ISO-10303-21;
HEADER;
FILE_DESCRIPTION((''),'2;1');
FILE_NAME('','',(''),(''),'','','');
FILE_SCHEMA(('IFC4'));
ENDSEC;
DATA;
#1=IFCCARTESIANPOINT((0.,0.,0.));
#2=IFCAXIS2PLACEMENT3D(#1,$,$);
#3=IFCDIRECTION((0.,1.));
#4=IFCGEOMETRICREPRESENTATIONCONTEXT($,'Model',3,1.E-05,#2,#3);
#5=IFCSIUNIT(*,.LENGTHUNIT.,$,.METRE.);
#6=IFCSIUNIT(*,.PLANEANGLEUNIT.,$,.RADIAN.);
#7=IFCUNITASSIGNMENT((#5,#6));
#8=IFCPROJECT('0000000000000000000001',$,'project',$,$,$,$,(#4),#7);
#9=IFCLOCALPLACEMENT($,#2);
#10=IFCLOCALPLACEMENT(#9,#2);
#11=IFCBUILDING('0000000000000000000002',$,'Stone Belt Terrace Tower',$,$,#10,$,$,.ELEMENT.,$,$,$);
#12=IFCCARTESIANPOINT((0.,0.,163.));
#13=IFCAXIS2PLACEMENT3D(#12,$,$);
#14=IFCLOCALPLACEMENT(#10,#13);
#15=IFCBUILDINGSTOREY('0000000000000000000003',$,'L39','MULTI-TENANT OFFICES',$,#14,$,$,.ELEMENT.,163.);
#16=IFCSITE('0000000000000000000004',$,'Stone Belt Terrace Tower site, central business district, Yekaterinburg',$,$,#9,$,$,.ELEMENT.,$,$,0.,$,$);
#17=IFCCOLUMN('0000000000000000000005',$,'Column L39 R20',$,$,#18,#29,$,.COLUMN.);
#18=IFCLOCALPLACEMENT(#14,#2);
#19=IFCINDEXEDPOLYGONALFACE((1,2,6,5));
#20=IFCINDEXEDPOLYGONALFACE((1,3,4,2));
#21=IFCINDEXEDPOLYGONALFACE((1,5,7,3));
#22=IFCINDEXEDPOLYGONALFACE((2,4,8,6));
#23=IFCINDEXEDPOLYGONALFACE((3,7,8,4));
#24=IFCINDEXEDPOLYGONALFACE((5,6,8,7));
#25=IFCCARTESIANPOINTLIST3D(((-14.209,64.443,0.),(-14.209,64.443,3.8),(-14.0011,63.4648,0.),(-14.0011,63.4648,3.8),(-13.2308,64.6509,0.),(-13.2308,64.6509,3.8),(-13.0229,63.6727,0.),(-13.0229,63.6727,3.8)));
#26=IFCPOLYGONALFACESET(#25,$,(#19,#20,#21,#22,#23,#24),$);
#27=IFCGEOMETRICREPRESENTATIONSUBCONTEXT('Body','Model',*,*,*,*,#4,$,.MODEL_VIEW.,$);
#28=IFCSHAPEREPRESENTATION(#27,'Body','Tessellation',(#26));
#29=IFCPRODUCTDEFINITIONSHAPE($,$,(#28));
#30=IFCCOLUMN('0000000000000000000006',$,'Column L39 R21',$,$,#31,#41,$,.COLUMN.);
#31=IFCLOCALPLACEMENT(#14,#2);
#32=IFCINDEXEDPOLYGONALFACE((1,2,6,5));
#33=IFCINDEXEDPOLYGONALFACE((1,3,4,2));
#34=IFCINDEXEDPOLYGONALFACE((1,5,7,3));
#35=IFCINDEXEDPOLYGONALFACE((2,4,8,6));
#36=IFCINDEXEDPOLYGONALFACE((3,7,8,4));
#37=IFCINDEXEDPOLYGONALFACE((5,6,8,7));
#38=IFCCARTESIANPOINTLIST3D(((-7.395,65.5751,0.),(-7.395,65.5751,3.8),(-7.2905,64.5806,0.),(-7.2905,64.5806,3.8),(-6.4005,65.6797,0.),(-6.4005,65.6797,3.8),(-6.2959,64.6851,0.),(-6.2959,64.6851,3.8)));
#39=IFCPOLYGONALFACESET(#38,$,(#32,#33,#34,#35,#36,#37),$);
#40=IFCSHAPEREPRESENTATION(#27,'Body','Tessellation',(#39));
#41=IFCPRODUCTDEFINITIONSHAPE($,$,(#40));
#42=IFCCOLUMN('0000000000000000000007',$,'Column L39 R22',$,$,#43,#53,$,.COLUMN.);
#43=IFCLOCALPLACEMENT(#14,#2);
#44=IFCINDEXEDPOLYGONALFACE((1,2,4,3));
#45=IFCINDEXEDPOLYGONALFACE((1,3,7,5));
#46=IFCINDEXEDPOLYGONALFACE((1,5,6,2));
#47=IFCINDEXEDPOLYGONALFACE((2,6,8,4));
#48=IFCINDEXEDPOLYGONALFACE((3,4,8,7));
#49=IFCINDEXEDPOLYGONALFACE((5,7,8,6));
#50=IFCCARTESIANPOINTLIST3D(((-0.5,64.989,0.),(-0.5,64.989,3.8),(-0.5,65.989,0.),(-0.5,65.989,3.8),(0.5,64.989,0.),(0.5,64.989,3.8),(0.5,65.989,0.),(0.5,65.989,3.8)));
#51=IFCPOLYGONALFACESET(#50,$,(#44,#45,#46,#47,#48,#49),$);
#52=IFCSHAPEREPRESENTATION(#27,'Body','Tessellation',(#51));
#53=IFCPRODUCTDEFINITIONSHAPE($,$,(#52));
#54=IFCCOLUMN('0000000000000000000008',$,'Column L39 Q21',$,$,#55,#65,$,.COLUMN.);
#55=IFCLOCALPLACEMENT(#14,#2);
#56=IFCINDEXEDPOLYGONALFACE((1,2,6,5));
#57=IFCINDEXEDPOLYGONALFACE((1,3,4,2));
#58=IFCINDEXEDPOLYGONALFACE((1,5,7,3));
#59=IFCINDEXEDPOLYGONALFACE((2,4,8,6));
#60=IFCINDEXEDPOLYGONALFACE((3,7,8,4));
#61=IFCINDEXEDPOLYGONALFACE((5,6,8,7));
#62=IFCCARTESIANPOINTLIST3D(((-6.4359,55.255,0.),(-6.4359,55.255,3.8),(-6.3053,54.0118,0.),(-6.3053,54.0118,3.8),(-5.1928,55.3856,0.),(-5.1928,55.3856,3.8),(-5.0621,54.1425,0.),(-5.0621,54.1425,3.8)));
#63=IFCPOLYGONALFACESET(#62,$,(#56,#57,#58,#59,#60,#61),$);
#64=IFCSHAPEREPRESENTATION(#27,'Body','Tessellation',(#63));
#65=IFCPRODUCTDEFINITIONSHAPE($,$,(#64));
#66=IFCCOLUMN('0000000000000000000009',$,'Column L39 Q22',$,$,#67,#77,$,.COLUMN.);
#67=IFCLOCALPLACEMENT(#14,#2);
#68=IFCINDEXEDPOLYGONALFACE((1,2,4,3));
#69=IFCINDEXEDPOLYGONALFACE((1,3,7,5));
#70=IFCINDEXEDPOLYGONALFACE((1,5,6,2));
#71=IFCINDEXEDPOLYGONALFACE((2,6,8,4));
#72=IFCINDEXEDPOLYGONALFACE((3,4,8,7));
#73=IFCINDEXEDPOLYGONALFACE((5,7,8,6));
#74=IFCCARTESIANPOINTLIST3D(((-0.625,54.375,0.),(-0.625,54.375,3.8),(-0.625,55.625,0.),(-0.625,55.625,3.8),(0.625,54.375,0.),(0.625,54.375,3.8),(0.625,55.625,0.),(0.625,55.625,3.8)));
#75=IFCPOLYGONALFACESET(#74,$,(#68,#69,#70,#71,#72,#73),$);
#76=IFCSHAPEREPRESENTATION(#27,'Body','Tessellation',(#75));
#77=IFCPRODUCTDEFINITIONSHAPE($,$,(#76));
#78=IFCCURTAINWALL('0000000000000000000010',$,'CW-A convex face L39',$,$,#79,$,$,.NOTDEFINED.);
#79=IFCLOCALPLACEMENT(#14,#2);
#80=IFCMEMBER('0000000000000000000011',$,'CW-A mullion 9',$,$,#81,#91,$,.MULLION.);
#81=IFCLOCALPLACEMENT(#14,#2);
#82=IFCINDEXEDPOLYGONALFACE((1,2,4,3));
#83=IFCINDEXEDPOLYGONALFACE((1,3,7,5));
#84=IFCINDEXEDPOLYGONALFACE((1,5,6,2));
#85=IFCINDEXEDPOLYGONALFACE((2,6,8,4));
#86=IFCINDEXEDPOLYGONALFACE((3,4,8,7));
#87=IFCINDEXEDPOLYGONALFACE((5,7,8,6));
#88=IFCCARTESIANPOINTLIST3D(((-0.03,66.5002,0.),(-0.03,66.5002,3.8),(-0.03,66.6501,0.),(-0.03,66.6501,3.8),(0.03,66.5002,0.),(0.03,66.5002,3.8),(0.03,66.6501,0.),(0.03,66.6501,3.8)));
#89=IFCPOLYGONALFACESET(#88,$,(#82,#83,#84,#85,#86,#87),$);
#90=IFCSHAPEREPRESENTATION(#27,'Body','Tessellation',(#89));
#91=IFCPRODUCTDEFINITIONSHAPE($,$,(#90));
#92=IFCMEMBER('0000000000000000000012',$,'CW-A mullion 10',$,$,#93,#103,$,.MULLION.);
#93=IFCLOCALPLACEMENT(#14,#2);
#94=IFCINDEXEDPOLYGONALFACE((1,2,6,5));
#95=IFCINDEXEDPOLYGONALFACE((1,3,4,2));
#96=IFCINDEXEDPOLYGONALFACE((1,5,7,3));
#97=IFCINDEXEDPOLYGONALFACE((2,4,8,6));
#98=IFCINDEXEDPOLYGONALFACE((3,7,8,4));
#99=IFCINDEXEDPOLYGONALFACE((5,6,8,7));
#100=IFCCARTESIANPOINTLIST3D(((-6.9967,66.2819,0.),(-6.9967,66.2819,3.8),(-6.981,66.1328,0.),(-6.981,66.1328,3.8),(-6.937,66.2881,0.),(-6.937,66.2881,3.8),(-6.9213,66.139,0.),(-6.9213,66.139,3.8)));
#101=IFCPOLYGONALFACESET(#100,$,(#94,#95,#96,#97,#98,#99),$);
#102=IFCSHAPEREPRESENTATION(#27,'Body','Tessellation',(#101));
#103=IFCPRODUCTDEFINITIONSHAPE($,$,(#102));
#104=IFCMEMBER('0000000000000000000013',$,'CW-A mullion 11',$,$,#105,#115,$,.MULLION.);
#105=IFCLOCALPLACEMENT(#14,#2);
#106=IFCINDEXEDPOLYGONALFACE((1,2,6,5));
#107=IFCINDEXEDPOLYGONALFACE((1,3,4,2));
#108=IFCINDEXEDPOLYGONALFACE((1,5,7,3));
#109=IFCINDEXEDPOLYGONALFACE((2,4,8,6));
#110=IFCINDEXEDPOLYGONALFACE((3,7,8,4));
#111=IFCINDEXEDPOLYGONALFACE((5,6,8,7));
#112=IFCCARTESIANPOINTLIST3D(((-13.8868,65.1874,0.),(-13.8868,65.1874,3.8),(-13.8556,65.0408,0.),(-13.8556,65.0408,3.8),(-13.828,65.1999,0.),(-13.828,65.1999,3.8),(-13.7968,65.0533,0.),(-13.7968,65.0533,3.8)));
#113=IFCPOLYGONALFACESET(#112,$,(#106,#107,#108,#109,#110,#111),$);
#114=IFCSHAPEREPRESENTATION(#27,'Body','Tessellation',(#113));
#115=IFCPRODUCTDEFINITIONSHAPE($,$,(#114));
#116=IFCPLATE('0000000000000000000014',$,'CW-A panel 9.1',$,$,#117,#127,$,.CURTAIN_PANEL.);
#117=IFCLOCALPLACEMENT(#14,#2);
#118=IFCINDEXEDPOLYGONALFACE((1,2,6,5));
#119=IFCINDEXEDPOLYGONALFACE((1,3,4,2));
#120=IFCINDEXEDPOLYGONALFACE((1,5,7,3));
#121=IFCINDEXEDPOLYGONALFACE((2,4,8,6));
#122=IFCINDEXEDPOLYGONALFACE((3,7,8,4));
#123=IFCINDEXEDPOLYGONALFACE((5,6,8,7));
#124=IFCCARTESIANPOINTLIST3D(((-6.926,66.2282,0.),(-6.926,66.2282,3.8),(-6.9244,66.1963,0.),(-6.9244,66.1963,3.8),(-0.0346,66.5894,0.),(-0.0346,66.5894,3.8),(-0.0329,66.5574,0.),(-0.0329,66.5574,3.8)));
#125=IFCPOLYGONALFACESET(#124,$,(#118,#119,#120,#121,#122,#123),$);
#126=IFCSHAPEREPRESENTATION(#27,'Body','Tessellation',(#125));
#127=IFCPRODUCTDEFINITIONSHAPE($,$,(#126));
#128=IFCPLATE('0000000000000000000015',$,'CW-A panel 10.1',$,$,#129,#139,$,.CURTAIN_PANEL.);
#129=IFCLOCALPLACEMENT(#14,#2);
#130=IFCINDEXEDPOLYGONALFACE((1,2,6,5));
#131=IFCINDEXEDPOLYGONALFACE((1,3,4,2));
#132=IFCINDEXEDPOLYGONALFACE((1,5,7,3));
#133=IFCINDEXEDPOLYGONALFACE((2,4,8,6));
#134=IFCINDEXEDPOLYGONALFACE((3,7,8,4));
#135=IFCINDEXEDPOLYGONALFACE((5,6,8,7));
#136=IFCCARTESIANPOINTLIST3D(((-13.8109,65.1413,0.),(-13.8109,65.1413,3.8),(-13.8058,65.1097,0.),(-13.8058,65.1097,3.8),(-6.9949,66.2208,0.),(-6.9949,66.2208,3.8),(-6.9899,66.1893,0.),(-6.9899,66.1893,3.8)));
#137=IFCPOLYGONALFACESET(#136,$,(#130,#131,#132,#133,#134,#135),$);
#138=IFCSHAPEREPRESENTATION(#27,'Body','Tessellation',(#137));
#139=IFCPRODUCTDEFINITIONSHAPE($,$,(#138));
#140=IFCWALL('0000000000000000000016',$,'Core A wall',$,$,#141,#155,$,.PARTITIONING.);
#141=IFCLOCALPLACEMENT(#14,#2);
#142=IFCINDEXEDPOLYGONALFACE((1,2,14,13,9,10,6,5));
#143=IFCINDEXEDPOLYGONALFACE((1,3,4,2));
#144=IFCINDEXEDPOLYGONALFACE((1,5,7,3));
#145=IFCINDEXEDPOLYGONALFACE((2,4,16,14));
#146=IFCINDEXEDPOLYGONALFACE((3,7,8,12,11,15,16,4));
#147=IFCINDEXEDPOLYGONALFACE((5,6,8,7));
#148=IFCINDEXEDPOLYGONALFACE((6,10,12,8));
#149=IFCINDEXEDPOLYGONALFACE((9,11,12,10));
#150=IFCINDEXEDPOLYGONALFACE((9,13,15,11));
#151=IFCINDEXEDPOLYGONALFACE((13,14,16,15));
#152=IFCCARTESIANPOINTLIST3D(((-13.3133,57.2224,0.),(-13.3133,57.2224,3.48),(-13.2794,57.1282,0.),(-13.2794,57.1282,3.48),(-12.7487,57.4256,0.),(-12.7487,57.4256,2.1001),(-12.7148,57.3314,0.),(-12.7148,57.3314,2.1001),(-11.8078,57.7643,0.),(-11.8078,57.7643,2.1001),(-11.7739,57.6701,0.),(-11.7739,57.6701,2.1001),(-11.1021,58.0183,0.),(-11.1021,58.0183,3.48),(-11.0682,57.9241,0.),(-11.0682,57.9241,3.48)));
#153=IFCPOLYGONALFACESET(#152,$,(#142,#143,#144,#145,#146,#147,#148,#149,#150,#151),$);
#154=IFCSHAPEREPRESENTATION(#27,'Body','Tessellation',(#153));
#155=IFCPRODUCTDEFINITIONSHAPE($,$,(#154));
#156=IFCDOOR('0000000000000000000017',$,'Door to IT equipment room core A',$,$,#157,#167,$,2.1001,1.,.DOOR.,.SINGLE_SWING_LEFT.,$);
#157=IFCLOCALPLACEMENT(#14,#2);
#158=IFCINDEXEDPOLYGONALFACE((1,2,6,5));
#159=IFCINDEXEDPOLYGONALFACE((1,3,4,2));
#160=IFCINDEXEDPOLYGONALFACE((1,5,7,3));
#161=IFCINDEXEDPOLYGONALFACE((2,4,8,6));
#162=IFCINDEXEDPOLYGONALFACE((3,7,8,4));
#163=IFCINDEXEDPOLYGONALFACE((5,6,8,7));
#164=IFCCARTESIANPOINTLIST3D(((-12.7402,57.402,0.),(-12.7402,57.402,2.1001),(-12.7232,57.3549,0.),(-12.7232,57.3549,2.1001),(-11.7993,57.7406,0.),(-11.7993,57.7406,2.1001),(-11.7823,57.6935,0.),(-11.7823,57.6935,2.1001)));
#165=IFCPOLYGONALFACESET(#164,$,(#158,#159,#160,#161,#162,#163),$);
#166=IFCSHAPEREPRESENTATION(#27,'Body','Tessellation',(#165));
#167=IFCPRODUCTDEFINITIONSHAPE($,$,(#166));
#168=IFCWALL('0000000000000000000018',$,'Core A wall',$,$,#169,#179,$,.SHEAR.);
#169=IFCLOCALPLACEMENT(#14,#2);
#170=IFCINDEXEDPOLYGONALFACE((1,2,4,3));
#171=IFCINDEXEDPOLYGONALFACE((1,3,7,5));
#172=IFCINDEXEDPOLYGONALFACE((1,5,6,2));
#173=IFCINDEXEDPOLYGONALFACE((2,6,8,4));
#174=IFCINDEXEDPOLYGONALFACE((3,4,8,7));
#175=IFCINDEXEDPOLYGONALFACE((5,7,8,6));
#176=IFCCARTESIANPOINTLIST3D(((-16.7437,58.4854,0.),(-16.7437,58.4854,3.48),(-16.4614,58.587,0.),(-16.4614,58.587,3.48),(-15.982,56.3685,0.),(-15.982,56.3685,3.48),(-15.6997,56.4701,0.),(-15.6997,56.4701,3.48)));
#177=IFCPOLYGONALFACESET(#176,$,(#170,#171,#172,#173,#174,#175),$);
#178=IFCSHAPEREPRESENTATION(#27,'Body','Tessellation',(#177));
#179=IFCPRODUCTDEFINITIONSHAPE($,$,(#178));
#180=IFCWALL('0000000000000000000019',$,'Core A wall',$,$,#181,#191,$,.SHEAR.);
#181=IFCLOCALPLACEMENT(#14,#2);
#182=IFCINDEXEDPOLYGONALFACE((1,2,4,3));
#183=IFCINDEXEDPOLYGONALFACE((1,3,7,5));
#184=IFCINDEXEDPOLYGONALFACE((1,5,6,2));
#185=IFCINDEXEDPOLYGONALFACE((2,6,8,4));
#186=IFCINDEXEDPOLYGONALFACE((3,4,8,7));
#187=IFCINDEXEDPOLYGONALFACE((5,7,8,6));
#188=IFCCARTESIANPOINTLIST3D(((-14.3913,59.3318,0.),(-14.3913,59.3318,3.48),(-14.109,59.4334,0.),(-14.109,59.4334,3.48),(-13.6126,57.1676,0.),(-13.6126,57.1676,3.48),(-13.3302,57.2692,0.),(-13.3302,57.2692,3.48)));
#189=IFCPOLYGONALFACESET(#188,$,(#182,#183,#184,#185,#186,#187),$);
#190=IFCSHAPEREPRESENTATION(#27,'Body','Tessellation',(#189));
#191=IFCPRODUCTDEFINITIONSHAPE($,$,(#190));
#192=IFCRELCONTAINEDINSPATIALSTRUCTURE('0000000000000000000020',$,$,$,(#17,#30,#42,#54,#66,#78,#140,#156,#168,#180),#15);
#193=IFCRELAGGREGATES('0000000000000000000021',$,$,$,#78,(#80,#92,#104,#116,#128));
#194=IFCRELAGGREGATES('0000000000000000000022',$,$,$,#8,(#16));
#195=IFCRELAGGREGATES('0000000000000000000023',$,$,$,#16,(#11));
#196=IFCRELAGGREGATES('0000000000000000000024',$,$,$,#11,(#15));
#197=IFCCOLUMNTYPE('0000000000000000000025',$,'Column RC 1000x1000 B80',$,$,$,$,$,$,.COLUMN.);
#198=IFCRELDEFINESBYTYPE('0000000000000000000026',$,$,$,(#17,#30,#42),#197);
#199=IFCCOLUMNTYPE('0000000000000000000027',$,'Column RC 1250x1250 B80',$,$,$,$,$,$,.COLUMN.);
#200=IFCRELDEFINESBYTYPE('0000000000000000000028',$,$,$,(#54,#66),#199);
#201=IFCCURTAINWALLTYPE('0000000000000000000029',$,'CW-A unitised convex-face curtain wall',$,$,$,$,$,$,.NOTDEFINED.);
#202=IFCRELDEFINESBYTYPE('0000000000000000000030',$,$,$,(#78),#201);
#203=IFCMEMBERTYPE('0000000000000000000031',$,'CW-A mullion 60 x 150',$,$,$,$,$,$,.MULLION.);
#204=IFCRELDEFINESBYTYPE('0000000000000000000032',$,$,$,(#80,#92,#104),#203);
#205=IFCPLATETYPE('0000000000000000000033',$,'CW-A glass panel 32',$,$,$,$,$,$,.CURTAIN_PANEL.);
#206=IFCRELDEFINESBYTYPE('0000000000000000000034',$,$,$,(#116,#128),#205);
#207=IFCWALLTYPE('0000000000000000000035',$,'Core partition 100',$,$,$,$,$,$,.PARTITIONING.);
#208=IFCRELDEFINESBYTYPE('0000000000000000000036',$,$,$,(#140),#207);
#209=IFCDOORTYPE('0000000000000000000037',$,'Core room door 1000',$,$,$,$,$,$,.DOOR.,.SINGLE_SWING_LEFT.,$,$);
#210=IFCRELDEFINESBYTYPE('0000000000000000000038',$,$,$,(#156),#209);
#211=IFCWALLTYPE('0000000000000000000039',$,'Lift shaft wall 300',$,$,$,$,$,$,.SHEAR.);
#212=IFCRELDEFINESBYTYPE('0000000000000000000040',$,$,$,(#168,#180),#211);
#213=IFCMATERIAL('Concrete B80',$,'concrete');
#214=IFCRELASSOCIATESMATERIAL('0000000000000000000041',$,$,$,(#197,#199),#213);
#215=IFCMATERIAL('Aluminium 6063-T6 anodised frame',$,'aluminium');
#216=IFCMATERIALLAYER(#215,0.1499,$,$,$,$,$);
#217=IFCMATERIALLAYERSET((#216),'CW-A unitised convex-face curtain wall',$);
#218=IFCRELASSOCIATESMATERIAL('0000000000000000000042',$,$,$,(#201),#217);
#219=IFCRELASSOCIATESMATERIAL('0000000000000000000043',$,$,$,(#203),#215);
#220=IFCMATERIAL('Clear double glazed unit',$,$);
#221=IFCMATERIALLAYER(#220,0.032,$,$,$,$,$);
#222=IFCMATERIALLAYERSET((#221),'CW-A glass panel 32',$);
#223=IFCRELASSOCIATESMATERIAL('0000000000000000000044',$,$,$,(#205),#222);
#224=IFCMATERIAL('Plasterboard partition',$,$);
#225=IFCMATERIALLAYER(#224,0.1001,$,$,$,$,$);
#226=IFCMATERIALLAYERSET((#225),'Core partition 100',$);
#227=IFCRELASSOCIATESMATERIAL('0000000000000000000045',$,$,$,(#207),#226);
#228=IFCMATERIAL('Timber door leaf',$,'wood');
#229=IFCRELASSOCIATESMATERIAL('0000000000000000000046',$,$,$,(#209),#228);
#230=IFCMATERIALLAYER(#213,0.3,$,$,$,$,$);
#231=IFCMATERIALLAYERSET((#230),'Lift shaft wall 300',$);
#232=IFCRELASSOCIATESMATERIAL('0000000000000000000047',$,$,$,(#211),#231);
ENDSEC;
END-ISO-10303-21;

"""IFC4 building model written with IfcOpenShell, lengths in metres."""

from ifc_helpers import new_model, si_unit, direction, frame, frame_2d, origin, origin_2d, place, context, subcontext, project, spatial, rectangle, extrude, material, layer, layer_set, material_profile, profile_set, type_object, element, fill, aggregate, save


model = new_model("IFC4")

# Units and contexts
model_context = context("Model", 3, precision=1e-05, world=origin(), true_north=direction((0.0, 1.0)))
body_context = subcontext(model_context, "Body", "Model", "MODEL_VIEW")
ifc_project = project(units=[si_unit("LENGTHUNIT", "METRE"), si_unit("PLANEANGLEUNIT", "RADIAN")], contexts=[model_context])

# Site, building, storey
site_placement = place(None, origin())
site = spatial("IfcSite", under=ifc_project, at=site_placement, Name="Stone Belt Terrace Tower site, central business district, Yekaterinburg", CompositionType="ELEMENT", RefElevation=0.0)
building_placement = place(site_placement, origin())
building = spatial("IfcBuilding", under=site, at=building_placement, Name="Stone Belt Terrace Tower", CompositionType="ELEMENT")
storey_placement = place(building_placement, frame((0.0, 0.0, 163.0)))
storey = spatial("IfcBuildingStorey", under=building, at=storey_placement, Name="L39", Description="MULTI-TENANT OFFICES", CompositionType="ELEMENT", Elevation=163.0)

# Columns
ifc_material_1 = material(Name="Concrete B80", Category="concrete")
ifc_material_profile_1 = material_profile(ifc_material_1, rectangle(XDim=1.0, YDim=1.0, at=origin_2d()), Name="RC 1000x1000")
ifc_profile_set_1 = profile_set([ifc_material_profile_1], Name="Concrete B80")
column_type_1 = type_object("IfcColumnType", Name="Column RC 1000x1000 B80", PredefinedType="COLUMN", material=ifc_profile_set_1)
for number, where, z_axis, x_axis, name in (
    (1, (-13.616, 64.0579, 0.0), (0.0, 0.0, 1.0), (0.978148, 0.207912, 0.0), "Column L39 R20"),
    (2, (-6.8455, 65.1301, 0.0), (0.0, 0.0, 1.0), (0.994522, 0.104528, 0.0), "Column L39 R21"),
    (3, (0.0, 65.489, 0.0), (0.0, 0.0, 1.0), (1.0, 0.0, 0.0), "Column L39 R22"),
):
    element("IfcColumn", number, at=place(storey_placement, frame(where, z_axis=z_axis, x_axis=x_axis)), inside=storey, type_object=column_type_1, Name=name, PredefinedType="COLUMN", context=body_context, shape_type="SweptSolid", body=[
        extrude(rectangle(XDim=1.0, YDim=1.0, at=origin_2d()), origin(), (0.0, 0.0, 1.0), 3.8),
    ])
ifc_material_profile_2 = material_profile(ifc_material_1, rectangle(XDim=1.25, YDim=1.25, at=origin_2d()), Name="RC 1250x1250")
ifc_profile_set_2 = profile_set([ifc_material_profile_2], Name="Concrete B80")
column_type_2 = type_object("IfcColumnType", Name="Column RC 1250x1250 B80", PredefinedType="COLUMN", material=ifc_profile_set_2)
for number, where, z_axis, x_axis, name in (
    (4, (-5.749, 54.6987, 0.0), (0.0, 0.0, 1.0), (0.994522, 0.104528, 0.0), "Column L39 Q21"),
    (5, (0.0, 55.0, 0.0), (0.0, 0.0, 1.0), (1.0, 0.0, 0.0), "Column L39 Q22"),
):
    element("IfcColumn", number, at=place(storey_placement, frame(where, z_axis=z_axis, x_axis=x_axis)), inside=storey, type_object=column_type_2, Name=name, PredefinedType="COLUMN", context=body_context, shape_type="SweptSolid", body=[
        extrude(rectangle(XDim=1.25, YDim=1.25, at=origin_2d()), origin(), (0.0, 0.0, 1.0), 3.8),
    ])

# Curtain wall, members, plates
ifc_material_2 = material(Name="Aluminium 6063-T6 anodised frame", Category="aluminium")
ifc_layer_1 = layer(ifc_material_2, 0.1499)
ifc_layer_set_1 = layer_set([ifc_layer_1], Name="CW-A unitised convex-face curtain wall")
curtain_wall_type = type_object("IfcCurtainWallType", Name="CW-A unitised convex-face curtain wall", PredefinedType="NOTDEFINED", material=ifc_layer_set_1)
curtain_wall_placement = place(storey_placement, origin())
curtain_wall = element("IfcCurtainWall", 6, at=curtain_wall_placement, inside=storey, type_object=curtain_wall_type, Name="CW-A convex face L39", PredefinedType="NOTDEFINED")
ifc_material_profile_3 = material_profile(ifc_material_2, rectangle(XDim=0.1499, YDim=0.0601, at=origin_2d()), Name="Aluminium 6063-T6 60x150")
ifc_profile_set_3 = profile_set([ifc_material_profile_3], Name="Aluminium 6063-T6 anodised frame")
member_type = type_object("IfcMemberType", Name="CW-A mullion 60 x 150", PredefinedType="MULLION", material=ifc_profile_set_3)
member_1_placement = place(storey_placement, frame((0.0, 66.5752, 0.0), z_axis=(0.0, 0.0, 1.0), x_axis=(0.0, -1.0, 0.0)))
member_1 = element("IfcMember", 7, at=member_1_placement, type_object=member_type, Name="CW-A mullion 9", PredefinedType="MULLION", context=body_context, shape_type="SweptSolid", body=[
    extrude(rectangle(XDim=0.1499, YDim=0.0601, at=origin_2d()), origin(), (0.0, 0.0, 1.0), 3.8),
])
member_2_placement = place(storey_placement, frame((-6.959, 66.2104, 0.0), z_axis=(0.0, 0.0, 1.0), x_axis=(0.104528, -0.994522, 0.0)))
member_2 = element("IfcMember", 8, at=member_2_placement, type_object=member_type, Name="CW-A mullion 10", PredefinedType="MULLION", context=body_context, shape_type="SweptSolid", body=[
    extrude(rectangle(XDim=0.1499, YDim=0.0601, at=origin_2d()), origin(), (0.0, 0.0, 1.0), 3.8),
])
member_3_placement = place(storey_placement, frame((-13.8418, 65.1204, 0.0), z_axis=(0.0, 0.0, 1.0), x_axis=(0.207912, -0.978148, 0.0)))
member_3 = element("IfcMember", 9, at=member_3_placement, type_object=member_type, Name="CW-A mullion 11", PredefinedType="MULLION", context=body_context, shape_type="SweptSolid", body=[
    extrude(rectangle(XDim=0.1499, YDim=0.0601, at=origin_2d()), origin(), (0.0, 0.0, 1.0), 3.8),
])
ifc_material_3 = material(Name="Clear double glazed unit")
ifc_layer_2 = layer(ifc_material_3, 0.032)
ifc_layer_set_2 = layer_set([ifc_layer_2], Name="CW-A glass panel 32")
plate_type = type_object("IfcPlateType", Name="CW-A glass panel 32", PredefinedType="CURTAIN_PANEL", material=ifc_layer_set_2)
plate_1_placement = place(storey_placement, frame((-3.4795, 66.3928, 0.0), z_axis=(0.0, 0.0, 1.0), x_axis=(-0.99863, -0.052336, 0.0)))
plate_1 = element("IfcPlate", 10, at=plate_1_placement, type_object=plate_type, Name="CW-A panel 9.1", PredefinedType="CURTAIN_PANEL", context=body_context, shape_type="SweptSolid", body=[
    extrude(rectangle(XDim=6.9009, YDim=0.032, at=origin_2d()), origin(), (0.0, 0.0, 1.0), 3.8),
])
plate_2_placement = place(storey_placement, frame((-10.4004, 65.6653, 0.0), z_axis=(0.0, 0.0, 1.0), x_axis=(-0.987688, -0.156434, 0.0)))
plate_2 = element("IfcPlate", 11, at=plate_2_placement, type_object=plate_type, Name="CW-A panel 10.1", PredefinedType="CURTAIN_PANEL", context=body_context, shape_type="SweptSolid", body=[
    extrude(rectangle(XDim=6.9009, YDim=0.032, at=origin_2d()), origin(), (0.0, 0.0, 1.0), 3.8),
])
aggregate(curtain_wall, [member_1, member_2, member_3, plate_1, plate_2])

# Wall, opening, door
ifc_material_4 = material(Name="Plasterboard partition")
ifc_layer_3 = layer(ifc_material_4, 0.1001)
ifc_layer_set_3 = layer_set([ifc_layer_3], Name="Core partition 100")
wall_type_1 = type_object("IfcWallType", Name="Core partition 100", PredefinedType="PARTITIONING", material=ifc_layer_set_3)
wall_1_placement = place(storey_placement, frame((-13.2964, 57.1753, 0.0), z_axis=(0.0, 0.0, 1.0), x_axis=(0.940905, 0.338672, 0.0)))
wall_1 = element("IfcWall", 12, at=wall_1_placement, inside=storey, type_object=wall_type_1, Name="Core A wall", PredefinedType="PARTITIONING", context=body_context, shape_type="SweptSolid", body=[
    extrude(rectangle(XDim=2.3501, YDim=0.1001, at=frame_2d((1.175, 0.0))), origin(), (0.0, 0.0, 1.0), 3.48),
])
opening_1_placement = place(wall_1_placement, frame((0.6001, 0.0, 0.0)))
opening_1 = element("IfcOpeningElement", 13, at=opening_1_placement, cuts=wall_1, PredefinedType="OPENING", context=body_context, shape_type="SweptSolid", body=[
    extrude(rectangle(XDim=1.0, YDim=2.1001, at=frame_2d((0.5, 1.05))), frame((0.0, 0.0601, 0.0), z_axis=(0.0, -1.0, 0.0), x_axis=(1.0, 0.0, 0.0)), (0.0, 0.0, 1.0), 0.1201),
])
ifc_material_5 = material(Name="Timber door leaf", Category="wood")
door_type_1 = type_object("IfcDoorType", Name="Core room door 1000", OperationType="SINGLE_SWING_LEFT", PredefinedType="DOOR", material=ifc_material_5)
door_1_placement = place(opening_1_placement, origin())
door_1 = element("IfcDoor", 14, at=door_1_placement, inside=storey, type_object=door_type_1, Name="Door to IT equipment room core A", OperationType="SINGLE_SWING_LEFT", OverallHeight=2.1001, OverallWidth=1.0, PredefinedType="DOOR", context=body_context, shape_type="SweptSolid", body=[
    extrude(rectangle(XDim=1.0, YDim=2.1001, at=frame_2d((0.5, 1.05))), frame((0.0, 0.0249, 0.0), z_axis=(0.0, -1.0, 0.0), x_axis=(1.0, 0.0, 0.0)), (0.0, 0.0, 1.0), 0.05),
])
fill(opening_1, door_1)

# Walls
ifc_layer_4 = layer(ifc_material_1, 0.3)
ifc_layer_set_4 = layer_set([ifc_layer_4], Name="Lift shaft wall 300")
wall_type_2 = type_object("IfcWallType", Name="Lift shaft wall 300", PredefinedType="SHEAR", material=ifc_layer_set_4)
wall_2_placement = place(storey_placement, frame((-15.8408, 56.4192, 0.0), z_axis=(0.0, 0.0, 1.0), x_axis=(-0.33857, 0.940941, 0.0)))
element("IfcWall", 15, at=wall_2_placement, inside=storey, type_object=wall_type_2, Name="Core A wall", PredefinedType="SHEAR", context=body_context, shape_type="SweptSolid", body=[
    extrude(rectangle(XDim=2.2498, YDim=0.3, at=frame_2d((1.125, 0.0))), origin(), (0.0, 0.0, 1.0), 3.48),
])
wall_3_placement = place(storey_placement, frame((-13.4714, 57.2185, 0.0), z_axis=(0.0, 0.0, 1.0), x_axis=(-0.338588, 0.940935, 0.0)))
element("IfcWall", 16, at=wall_3_placement, inside=storey, type_object=wall_type_2, Name="Core A wall", PredefinedType="SHEAR", context=body_context, shape_type="SweptSolid", body=[
    extrude(rectangle(XDim=2.3, YDim=0.3, at=frame_2d((1.1499, 0.0))), origin(), (0.0, 0.0, 1.0), 3.48),
])

save(model, "model.ifc")
